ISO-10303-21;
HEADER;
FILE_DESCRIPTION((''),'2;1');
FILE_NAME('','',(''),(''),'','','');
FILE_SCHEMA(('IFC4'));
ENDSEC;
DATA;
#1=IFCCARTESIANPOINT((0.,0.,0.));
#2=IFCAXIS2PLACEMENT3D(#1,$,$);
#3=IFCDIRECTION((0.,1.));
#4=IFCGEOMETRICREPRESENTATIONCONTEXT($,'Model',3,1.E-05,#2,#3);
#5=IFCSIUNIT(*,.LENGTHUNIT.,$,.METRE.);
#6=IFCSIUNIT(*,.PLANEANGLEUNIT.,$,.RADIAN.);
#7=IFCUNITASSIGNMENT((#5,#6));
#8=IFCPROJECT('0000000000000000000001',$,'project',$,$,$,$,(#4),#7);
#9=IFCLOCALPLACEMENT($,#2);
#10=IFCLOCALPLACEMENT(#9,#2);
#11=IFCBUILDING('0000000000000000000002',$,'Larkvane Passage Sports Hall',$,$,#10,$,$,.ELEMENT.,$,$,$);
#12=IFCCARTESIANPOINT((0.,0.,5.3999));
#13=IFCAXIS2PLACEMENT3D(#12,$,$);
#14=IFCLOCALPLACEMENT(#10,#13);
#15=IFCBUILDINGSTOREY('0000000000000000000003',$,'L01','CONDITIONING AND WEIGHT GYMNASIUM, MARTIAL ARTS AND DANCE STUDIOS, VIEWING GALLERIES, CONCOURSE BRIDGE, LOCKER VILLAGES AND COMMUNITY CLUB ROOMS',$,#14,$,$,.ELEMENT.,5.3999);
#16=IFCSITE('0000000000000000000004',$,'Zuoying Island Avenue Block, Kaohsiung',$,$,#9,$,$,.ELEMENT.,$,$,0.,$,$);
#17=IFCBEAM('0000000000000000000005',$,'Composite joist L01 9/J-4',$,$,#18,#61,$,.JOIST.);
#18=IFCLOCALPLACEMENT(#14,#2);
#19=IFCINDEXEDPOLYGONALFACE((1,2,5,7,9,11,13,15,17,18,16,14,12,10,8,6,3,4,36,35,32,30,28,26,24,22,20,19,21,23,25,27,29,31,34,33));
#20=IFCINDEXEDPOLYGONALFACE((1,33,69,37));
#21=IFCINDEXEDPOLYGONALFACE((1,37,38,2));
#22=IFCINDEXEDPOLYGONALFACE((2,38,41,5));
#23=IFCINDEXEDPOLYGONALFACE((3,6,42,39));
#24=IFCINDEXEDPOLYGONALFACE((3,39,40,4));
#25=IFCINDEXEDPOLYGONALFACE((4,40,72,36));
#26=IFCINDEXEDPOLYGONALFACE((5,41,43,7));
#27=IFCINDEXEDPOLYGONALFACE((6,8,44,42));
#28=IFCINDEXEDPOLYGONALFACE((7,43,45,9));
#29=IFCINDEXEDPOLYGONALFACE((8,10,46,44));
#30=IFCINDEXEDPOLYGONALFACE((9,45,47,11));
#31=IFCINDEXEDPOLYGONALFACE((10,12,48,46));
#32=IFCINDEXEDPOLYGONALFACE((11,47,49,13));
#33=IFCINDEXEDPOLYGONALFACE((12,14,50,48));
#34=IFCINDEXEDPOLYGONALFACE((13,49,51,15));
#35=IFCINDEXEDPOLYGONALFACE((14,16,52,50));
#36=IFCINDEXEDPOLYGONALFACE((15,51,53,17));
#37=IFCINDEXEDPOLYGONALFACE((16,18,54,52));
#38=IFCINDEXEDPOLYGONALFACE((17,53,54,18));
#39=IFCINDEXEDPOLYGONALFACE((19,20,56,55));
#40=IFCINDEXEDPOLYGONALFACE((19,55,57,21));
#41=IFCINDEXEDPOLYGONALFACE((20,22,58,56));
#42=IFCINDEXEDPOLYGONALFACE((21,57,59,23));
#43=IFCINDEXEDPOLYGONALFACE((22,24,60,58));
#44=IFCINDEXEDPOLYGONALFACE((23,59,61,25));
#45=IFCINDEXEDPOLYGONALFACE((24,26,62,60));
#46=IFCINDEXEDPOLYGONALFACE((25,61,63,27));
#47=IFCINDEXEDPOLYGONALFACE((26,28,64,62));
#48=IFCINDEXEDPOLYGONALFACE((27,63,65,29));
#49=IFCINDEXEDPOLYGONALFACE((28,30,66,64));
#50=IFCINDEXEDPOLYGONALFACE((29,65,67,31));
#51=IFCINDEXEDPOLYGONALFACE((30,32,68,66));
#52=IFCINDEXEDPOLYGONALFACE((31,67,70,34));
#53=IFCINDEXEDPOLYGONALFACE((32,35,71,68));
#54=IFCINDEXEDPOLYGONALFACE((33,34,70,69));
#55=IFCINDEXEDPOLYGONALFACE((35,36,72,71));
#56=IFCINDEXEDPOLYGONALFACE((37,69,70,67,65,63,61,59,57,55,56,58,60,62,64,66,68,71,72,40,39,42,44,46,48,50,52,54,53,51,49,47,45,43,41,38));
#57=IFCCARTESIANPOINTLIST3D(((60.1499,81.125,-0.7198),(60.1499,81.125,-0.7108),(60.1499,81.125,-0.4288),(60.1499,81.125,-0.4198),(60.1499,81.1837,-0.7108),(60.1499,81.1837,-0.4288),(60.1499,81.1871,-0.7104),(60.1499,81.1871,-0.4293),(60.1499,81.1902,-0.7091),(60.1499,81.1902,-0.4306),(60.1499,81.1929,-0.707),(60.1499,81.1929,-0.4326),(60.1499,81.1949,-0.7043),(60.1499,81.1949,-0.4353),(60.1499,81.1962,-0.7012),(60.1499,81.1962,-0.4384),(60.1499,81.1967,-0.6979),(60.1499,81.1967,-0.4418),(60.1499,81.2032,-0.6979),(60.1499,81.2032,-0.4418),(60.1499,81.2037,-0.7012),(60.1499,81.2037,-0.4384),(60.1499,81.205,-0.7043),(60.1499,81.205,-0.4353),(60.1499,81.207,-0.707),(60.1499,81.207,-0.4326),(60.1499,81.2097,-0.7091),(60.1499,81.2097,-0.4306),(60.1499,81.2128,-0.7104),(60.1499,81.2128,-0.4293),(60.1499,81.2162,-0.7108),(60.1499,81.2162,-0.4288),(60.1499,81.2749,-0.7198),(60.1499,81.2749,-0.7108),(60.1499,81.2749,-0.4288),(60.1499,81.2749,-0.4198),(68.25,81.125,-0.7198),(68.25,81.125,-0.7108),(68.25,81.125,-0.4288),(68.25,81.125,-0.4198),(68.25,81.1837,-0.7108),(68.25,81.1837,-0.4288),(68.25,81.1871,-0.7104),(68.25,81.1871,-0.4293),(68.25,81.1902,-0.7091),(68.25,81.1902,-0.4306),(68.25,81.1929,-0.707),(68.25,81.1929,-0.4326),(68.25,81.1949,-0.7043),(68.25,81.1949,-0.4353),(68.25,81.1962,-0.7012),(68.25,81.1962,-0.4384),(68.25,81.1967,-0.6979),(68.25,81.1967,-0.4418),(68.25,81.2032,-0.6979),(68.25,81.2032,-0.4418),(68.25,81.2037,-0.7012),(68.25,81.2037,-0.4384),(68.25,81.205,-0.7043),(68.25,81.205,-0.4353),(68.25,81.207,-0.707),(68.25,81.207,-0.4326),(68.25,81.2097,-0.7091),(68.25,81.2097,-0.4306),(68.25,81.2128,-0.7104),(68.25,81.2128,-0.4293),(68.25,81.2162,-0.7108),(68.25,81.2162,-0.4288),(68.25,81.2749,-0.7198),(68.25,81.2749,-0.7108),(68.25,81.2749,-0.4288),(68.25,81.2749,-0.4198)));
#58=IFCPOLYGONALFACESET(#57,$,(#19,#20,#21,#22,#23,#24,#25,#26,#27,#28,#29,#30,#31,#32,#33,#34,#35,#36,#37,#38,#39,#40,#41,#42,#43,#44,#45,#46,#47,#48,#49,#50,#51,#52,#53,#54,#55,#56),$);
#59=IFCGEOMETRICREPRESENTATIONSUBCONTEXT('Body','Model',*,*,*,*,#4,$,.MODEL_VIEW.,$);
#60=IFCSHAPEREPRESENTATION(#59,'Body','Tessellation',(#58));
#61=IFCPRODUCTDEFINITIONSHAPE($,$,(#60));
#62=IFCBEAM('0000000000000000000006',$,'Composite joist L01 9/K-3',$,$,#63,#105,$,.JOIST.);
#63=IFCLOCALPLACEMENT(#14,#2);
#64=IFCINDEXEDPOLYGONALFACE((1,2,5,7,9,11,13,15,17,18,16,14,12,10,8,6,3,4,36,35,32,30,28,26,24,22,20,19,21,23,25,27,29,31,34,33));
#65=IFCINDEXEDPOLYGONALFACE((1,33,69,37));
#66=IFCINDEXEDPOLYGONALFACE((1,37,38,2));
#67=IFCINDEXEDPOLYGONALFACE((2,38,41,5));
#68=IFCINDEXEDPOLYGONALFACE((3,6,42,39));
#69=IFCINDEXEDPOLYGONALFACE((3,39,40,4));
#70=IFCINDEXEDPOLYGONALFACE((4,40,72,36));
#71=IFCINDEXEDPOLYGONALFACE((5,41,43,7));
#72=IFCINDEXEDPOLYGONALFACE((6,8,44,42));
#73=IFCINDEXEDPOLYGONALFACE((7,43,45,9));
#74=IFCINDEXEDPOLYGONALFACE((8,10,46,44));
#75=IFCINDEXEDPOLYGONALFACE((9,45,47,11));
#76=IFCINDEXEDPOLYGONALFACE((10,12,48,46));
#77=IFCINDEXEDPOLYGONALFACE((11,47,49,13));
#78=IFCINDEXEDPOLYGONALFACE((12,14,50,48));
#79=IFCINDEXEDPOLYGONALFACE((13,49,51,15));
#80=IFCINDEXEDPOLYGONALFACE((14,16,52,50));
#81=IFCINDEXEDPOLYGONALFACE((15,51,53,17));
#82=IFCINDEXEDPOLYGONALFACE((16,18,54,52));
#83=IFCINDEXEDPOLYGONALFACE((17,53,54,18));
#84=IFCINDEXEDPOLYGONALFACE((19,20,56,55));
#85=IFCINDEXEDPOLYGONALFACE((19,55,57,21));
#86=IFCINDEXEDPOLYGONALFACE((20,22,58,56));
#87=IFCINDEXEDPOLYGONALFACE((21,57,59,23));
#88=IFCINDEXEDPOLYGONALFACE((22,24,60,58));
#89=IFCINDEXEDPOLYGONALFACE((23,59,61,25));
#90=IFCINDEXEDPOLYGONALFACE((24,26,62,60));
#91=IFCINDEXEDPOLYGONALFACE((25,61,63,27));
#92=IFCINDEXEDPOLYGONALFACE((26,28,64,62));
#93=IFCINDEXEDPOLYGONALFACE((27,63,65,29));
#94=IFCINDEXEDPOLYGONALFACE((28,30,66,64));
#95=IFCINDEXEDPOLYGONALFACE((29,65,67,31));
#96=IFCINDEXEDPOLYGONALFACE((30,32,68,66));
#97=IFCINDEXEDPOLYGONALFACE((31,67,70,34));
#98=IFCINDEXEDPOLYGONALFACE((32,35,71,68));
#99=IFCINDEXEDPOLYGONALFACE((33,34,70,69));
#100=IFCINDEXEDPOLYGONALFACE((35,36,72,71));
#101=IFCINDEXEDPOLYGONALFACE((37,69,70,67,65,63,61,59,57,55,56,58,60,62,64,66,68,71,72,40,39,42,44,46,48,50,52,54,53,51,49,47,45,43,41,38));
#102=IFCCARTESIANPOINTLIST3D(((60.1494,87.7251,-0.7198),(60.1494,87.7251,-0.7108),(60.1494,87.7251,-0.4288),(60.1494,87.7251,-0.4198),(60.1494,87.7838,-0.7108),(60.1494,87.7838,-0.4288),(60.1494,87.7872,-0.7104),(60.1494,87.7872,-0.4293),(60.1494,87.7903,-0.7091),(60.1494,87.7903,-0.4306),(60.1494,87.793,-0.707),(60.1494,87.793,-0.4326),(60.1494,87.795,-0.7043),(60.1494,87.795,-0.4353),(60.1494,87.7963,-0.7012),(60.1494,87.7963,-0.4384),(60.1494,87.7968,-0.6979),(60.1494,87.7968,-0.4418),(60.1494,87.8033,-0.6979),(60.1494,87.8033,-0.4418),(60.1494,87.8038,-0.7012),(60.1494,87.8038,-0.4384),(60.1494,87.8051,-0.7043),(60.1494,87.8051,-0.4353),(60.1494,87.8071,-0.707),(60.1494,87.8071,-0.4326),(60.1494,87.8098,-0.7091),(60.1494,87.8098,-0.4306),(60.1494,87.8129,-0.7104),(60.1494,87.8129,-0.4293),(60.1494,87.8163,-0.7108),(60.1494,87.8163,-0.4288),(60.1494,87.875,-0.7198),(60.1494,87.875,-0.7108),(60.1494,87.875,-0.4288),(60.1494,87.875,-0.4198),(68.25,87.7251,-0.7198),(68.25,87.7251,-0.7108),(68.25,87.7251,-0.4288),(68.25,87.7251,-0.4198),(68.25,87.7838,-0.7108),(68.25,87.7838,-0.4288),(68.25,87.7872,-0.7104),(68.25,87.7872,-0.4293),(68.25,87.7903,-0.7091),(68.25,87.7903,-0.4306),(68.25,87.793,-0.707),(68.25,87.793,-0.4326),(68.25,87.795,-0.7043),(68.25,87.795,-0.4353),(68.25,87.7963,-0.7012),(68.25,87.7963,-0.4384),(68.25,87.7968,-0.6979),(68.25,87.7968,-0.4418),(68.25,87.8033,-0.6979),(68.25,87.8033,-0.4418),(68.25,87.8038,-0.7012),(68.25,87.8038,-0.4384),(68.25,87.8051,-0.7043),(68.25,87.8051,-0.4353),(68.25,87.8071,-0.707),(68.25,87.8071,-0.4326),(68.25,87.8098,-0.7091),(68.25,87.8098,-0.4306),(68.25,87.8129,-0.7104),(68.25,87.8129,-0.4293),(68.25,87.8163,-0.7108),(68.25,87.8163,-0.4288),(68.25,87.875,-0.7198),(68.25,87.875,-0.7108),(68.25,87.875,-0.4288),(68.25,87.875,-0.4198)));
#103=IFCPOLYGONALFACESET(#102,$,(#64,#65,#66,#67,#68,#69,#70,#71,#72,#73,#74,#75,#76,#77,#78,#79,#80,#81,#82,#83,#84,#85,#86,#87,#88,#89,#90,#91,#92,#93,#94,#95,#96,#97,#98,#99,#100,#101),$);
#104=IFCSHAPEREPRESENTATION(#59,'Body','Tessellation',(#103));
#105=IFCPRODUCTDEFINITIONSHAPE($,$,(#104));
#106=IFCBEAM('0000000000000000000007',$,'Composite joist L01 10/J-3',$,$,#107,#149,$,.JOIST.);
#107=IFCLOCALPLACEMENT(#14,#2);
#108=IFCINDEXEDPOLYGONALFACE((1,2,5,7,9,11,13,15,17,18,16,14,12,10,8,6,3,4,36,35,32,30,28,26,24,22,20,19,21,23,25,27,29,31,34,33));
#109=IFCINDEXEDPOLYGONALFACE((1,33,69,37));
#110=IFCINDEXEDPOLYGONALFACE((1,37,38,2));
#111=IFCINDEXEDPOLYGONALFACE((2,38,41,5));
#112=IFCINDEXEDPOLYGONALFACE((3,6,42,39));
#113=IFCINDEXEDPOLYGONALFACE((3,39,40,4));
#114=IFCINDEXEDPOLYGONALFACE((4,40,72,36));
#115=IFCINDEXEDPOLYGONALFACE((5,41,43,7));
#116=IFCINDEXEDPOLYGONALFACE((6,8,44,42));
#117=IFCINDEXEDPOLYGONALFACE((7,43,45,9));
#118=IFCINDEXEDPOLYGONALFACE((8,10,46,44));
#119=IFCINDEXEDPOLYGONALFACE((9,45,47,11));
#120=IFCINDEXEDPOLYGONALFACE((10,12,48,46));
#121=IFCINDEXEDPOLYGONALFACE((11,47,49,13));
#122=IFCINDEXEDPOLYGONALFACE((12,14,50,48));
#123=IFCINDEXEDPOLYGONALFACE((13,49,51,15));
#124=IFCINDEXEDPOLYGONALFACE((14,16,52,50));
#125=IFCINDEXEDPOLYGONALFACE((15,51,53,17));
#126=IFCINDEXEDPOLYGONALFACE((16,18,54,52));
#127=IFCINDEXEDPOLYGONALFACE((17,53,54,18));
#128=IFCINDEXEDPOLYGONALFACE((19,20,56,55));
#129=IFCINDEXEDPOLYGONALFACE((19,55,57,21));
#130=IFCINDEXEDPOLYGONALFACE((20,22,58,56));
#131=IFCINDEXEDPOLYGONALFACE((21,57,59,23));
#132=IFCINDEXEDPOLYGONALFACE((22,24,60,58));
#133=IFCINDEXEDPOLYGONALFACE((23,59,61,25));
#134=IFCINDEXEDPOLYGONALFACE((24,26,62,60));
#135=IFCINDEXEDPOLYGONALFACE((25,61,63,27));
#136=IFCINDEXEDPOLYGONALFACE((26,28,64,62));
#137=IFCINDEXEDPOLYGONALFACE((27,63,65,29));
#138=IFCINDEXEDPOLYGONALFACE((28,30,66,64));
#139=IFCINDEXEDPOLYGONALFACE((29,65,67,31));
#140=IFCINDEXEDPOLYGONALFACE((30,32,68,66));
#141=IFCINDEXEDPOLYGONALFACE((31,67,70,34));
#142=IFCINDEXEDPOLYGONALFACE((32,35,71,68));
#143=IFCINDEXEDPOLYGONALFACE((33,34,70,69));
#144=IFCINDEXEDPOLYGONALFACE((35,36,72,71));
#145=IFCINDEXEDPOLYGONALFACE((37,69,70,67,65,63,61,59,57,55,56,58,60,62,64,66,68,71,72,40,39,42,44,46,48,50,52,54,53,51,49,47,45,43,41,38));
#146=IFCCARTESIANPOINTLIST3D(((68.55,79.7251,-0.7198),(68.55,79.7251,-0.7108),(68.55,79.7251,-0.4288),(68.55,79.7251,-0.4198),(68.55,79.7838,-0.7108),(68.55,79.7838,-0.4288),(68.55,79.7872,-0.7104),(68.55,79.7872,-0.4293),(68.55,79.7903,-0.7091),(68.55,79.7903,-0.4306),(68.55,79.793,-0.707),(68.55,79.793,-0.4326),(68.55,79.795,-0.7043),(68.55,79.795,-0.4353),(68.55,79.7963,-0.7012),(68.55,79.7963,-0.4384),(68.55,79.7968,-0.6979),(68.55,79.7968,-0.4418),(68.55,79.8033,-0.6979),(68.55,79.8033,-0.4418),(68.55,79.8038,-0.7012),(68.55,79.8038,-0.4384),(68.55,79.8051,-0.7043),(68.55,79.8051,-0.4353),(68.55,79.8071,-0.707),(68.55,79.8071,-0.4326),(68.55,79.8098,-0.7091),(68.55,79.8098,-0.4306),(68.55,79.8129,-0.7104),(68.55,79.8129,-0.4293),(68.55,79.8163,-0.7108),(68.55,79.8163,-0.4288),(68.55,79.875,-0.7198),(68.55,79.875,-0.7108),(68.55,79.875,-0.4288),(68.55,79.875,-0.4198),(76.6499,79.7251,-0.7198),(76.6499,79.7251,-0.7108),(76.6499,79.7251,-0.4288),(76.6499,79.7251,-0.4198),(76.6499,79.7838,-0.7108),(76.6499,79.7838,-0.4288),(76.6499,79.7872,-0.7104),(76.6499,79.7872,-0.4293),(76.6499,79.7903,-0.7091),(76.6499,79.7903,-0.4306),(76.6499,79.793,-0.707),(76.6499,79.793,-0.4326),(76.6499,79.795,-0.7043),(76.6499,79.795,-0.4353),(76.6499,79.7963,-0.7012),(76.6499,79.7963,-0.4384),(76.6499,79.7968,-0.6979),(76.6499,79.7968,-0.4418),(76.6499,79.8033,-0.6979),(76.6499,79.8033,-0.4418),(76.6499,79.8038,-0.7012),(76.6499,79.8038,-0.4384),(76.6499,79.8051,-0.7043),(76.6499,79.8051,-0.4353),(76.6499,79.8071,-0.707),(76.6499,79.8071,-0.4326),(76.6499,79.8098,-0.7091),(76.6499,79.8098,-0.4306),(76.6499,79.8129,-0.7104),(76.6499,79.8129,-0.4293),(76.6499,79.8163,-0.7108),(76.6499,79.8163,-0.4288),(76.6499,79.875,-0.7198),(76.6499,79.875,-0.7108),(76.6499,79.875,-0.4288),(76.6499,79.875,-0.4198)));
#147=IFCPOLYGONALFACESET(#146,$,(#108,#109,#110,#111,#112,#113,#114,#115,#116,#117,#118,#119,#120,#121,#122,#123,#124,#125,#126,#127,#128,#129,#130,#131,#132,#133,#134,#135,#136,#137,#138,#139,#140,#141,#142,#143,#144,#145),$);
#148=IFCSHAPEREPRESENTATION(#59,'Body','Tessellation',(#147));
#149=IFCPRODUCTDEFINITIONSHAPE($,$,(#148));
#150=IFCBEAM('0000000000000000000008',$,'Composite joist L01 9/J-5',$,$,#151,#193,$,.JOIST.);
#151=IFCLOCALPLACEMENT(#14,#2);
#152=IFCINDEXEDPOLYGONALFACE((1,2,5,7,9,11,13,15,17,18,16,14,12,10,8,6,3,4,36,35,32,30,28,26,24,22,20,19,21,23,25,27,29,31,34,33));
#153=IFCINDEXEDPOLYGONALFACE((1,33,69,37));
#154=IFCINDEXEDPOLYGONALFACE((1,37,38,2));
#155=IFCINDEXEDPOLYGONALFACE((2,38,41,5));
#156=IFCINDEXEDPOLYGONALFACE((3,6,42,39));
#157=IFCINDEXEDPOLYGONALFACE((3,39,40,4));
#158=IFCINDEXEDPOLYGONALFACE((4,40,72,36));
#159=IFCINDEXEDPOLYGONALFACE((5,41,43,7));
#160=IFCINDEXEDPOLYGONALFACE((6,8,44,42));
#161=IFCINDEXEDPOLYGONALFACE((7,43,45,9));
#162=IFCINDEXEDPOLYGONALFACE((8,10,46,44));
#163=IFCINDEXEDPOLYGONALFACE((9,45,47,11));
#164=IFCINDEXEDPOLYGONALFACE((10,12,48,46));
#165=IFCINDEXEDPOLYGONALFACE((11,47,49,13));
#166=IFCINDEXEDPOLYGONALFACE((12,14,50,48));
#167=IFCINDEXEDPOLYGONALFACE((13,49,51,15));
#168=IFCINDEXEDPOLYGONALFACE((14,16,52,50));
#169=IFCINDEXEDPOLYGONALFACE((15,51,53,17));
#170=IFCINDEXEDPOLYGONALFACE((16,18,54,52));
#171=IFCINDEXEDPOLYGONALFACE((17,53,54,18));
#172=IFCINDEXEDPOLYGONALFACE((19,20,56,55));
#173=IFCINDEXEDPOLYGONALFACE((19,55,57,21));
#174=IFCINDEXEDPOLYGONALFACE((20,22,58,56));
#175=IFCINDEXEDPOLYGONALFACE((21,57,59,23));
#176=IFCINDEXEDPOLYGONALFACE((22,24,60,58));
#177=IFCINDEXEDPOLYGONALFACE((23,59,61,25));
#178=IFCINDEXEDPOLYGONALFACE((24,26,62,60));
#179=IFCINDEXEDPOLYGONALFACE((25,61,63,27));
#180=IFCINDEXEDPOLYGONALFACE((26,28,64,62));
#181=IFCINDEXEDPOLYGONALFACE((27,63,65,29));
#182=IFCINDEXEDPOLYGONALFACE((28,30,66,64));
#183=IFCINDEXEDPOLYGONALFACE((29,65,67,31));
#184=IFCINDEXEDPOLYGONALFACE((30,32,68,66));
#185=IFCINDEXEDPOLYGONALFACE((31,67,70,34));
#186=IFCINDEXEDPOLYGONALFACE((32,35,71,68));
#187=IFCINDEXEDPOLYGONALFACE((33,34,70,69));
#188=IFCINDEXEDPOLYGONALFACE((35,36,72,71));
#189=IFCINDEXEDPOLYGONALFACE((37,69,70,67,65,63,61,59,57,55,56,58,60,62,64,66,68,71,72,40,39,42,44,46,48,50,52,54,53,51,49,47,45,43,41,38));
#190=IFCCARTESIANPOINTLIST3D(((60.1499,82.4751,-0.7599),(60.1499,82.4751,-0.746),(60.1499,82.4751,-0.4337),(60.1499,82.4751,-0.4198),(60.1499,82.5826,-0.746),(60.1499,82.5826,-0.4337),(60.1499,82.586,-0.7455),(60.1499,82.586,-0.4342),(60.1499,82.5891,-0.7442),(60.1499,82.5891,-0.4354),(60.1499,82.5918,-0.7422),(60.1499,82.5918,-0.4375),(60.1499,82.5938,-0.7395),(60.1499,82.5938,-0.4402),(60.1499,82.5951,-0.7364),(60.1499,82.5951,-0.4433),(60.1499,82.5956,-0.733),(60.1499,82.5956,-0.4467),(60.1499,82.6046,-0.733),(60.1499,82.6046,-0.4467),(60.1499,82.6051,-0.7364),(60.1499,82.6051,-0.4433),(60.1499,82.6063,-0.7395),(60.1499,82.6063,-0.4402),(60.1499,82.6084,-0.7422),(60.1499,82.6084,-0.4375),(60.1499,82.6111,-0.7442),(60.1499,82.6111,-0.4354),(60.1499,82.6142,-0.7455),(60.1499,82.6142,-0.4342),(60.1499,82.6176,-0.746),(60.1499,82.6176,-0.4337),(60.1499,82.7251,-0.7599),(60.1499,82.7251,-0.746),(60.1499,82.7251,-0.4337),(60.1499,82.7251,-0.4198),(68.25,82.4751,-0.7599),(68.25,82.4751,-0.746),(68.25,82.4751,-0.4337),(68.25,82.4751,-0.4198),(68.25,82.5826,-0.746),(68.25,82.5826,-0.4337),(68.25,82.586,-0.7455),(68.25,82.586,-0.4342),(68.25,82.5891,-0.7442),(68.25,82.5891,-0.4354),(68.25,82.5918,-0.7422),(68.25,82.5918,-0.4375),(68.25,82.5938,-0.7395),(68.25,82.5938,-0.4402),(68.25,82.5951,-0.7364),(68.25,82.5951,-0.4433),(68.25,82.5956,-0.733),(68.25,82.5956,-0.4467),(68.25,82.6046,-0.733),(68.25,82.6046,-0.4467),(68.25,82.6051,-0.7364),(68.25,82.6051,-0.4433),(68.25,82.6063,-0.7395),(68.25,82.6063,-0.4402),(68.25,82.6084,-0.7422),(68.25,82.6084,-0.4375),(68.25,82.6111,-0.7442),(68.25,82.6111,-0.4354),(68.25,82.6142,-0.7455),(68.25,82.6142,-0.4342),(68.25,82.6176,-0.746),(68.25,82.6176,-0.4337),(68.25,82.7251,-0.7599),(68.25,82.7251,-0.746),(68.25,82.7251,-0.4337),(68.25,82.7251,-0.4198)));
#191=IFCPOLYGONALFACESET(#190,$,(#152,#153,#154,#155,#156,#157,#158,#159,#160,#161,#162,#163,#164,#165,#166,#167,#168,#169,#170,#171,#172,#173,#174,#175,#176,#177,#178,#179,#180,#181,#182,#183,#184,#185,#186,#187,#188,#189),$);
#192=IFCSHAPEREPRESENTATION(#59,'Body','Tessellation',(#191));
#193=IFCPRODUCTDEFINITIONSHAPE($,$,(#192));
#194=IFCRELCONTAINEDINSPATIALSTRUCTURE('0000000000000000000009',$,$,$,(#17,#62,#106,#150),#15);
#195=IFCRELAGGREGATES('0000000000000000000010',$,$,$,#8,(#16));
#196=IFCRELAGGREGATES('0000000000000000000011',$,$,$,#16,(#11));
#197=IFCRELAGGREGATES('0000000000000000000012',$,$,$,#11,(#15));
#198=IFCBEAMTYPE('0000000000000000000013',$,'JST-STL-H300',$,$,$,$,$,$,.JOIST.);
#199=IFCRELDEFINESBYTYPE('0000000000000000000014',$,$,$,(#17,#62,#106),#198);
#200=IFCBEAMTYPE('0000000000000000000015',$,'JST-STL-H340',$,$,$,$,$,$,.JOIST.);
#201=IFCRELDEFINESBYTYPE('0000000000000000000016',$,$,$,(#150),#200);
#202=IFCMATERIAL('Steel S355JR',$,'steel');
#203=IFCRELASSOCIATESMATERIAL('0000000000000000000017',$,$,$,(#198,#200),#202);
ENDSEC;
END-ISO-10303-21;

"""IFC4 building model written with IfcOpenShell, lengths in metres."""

from ifc_helpers import new_model, si_unit, direction, frame, origin, origin_2d, place, context, subcontext, project, spatial, i_section, extrude, material, material_profile, profile_set, type_object, element, save


model = new_model("IFC4")

# Units and contexts
model_context = context("Model", 3, precision=1e-05, world=origin(), true_north=direction((0.0, 1.0)))
body_context = subcontext(model_context, "Body", "Model", "MODEL_VIEW")
ifc_project = project(units=[si_unit("LENGTHUNIT", "METRE"), si_unit("PLANEANGLEUNIT", "RADIAN")], contexts=[model_context])

# Site, building, storey
site_placement = place(None, origin())
site = spatial("IfcSite", under=ifc_project, at=site_placement, Name="Zuoying Island Avenue Block, Kaohsiung", CompositionType="ELEMENT", RefElevation=0.0)
building_placement = place(site_placement, origin())
building = spatial("IfcBuilding", under=site, at=building_placement, Name="Larkvane Passage Sports Hall", CompositionType="ELEMENT")
storey_placement = place(building_placement, frame((0.0, 0.0, 5.3999)))
storey = spatial("IfcBuildingStorey", under=building, at=storey_placement, Name="L01", Description="CONDITIONING AND WEIGHT GYMNASIUM, MARTIAL ARTS AND DANCE STUDIOS, VIEWING GALLERIES, CONCOURSE BRIDGE, LOCKER VILLAGES AND COMMUNITY CLUB ROOMS", CompositionType="ELEMENT", Elevation=5.3999)

# Shared definitions
ifc_material_1 = material(Name="Steel S355JR", Category="steel")

# Beams
ifc_material_profile_1 = material_profile(ifc_material_1, i_section(OverallWidth=0.1499, OverallDepth=0.3, WebThickness=0.0066, FlangeThickness=0.009, FilletRadius=0.0129, at=origin_2d()), Name="H-300x150x6.5x9")
ifc_profile_set_1 = profile_set([ifc_material_profile_1], Name="Steel S355JR")
beam_type_1 = type_object("IfcBeamType", Name="JST-STL-H300", PredefinedType="JOIST", material=ifc_profile_set_1)
beam_1_placement = place(storey_placement, frame((60.1499, 81.2, -0.5698), z_axis=(1.0, 0.0, 0.0), x_axis=(0.0, 1.0, 0.0)))
element("IfcBeam", 1, at=beam_1_placement, inside=storey, type_object=beam_type_1, Name="Composite joist L01 9/J-4", PredefinedType="JOIST", context=body_context, shape_type="SweptSolid", body=[
    extrude(i_section(OverallWidth=0.1499, OverallDepth=0.3, WebThickness=0.0066, FlangeThickness=0.009, FilletRadius=0.0129, at=origin_2d()), origin(), (0.0, 0.0, 1.0), 8.1001),
])
beam_2_placement = place(storey_placement, frame((60.1494, 87.8, -0.5698), z_axis=(1.0, 0.0, 0.0), x_axis=(0.0, 1.0, 0.0)))
element("IfcBeam", 2, at=beam_2_placement, inside=storey, type_object=beam_type_1, Name="Composite joist L01 9/K-3", PredefinedType="JOIST", context=body_context, shape_type="SweptSolid", body=[
    extrude(i_section(OverallWidth=0.1499, OverallDepth=0.3, WebThickness=0.0066, FlangeThickness=0.009, FilletRadius=0.0129, at=origin_2d()), origin(), (0.0, 0.0, 1.0), 8.1006),
])
beam_3_placement = place(storey_placement, frame((68.55, 79.8, -0.5698), z_axis=(1.0, 0.0, 0.0), x_axis=(0.0, 1.0, 0.0)))
element("IfcBeam", 3, at=beam_3_placement, inside=storey, type_object=beam_type_1, Name="Composite joist L01 10/J-3", PredefinedType="JOIST", context=body_context, shape_type="SweptSolid", body=[
    extrude(i_section(OverallWidth=0.1499, OverallDepth=0.3, WebThickness=0.0066, FlangeThickness=0.009, FilletRadius=0.0129, at=origin_2d()), origin(), (0.0, 0.0, 1.0), 8.0999),
])
ifc_material_profile_2 = material_profile(ifc_material_1, i_section(OverallWidth=0.25, OverallDepth=0.3401, WebThickness=0.009, FlangeThickness=0.0139, FilletRadius=0.0129, at=origin_2d()), Name="H-340x250x9x14")
ifc_profile_set_2 = profile_set([ifc_material_profile_2], Name="Steel S355JR")
beam_type_2 = type_object("IfcBeamType", Name="JST-STL-H340", PredefinedType="JOIST", material=ifc_profile_set_2)
beam_4_placement = place(storey_placement, frame((60.1499, 82.6001, -0.5898), z_axis=(1.0, 0.0, 0.0), x_axis=(0.0, 1.0, 0.0)))
element("IfcBeam", 4, at=beam_4_placement, inside=storey, type_object=beam_type_2, Name="Composite joist L01 9/J-5", PredefinedType="JOIST", context=body_context, shape_type="SweptSolid", body=[
    extrude(i_section(OverallWidth=0.25, OverallDepth=0.3401, WebThickness=0.009, FlangeThickness=0.0139, FilletRadius=0.0129, at=origin_2d()), origin(), (0.0, 0.0, 1.0), 8.1001),
])

save(model, "model.ifc")
